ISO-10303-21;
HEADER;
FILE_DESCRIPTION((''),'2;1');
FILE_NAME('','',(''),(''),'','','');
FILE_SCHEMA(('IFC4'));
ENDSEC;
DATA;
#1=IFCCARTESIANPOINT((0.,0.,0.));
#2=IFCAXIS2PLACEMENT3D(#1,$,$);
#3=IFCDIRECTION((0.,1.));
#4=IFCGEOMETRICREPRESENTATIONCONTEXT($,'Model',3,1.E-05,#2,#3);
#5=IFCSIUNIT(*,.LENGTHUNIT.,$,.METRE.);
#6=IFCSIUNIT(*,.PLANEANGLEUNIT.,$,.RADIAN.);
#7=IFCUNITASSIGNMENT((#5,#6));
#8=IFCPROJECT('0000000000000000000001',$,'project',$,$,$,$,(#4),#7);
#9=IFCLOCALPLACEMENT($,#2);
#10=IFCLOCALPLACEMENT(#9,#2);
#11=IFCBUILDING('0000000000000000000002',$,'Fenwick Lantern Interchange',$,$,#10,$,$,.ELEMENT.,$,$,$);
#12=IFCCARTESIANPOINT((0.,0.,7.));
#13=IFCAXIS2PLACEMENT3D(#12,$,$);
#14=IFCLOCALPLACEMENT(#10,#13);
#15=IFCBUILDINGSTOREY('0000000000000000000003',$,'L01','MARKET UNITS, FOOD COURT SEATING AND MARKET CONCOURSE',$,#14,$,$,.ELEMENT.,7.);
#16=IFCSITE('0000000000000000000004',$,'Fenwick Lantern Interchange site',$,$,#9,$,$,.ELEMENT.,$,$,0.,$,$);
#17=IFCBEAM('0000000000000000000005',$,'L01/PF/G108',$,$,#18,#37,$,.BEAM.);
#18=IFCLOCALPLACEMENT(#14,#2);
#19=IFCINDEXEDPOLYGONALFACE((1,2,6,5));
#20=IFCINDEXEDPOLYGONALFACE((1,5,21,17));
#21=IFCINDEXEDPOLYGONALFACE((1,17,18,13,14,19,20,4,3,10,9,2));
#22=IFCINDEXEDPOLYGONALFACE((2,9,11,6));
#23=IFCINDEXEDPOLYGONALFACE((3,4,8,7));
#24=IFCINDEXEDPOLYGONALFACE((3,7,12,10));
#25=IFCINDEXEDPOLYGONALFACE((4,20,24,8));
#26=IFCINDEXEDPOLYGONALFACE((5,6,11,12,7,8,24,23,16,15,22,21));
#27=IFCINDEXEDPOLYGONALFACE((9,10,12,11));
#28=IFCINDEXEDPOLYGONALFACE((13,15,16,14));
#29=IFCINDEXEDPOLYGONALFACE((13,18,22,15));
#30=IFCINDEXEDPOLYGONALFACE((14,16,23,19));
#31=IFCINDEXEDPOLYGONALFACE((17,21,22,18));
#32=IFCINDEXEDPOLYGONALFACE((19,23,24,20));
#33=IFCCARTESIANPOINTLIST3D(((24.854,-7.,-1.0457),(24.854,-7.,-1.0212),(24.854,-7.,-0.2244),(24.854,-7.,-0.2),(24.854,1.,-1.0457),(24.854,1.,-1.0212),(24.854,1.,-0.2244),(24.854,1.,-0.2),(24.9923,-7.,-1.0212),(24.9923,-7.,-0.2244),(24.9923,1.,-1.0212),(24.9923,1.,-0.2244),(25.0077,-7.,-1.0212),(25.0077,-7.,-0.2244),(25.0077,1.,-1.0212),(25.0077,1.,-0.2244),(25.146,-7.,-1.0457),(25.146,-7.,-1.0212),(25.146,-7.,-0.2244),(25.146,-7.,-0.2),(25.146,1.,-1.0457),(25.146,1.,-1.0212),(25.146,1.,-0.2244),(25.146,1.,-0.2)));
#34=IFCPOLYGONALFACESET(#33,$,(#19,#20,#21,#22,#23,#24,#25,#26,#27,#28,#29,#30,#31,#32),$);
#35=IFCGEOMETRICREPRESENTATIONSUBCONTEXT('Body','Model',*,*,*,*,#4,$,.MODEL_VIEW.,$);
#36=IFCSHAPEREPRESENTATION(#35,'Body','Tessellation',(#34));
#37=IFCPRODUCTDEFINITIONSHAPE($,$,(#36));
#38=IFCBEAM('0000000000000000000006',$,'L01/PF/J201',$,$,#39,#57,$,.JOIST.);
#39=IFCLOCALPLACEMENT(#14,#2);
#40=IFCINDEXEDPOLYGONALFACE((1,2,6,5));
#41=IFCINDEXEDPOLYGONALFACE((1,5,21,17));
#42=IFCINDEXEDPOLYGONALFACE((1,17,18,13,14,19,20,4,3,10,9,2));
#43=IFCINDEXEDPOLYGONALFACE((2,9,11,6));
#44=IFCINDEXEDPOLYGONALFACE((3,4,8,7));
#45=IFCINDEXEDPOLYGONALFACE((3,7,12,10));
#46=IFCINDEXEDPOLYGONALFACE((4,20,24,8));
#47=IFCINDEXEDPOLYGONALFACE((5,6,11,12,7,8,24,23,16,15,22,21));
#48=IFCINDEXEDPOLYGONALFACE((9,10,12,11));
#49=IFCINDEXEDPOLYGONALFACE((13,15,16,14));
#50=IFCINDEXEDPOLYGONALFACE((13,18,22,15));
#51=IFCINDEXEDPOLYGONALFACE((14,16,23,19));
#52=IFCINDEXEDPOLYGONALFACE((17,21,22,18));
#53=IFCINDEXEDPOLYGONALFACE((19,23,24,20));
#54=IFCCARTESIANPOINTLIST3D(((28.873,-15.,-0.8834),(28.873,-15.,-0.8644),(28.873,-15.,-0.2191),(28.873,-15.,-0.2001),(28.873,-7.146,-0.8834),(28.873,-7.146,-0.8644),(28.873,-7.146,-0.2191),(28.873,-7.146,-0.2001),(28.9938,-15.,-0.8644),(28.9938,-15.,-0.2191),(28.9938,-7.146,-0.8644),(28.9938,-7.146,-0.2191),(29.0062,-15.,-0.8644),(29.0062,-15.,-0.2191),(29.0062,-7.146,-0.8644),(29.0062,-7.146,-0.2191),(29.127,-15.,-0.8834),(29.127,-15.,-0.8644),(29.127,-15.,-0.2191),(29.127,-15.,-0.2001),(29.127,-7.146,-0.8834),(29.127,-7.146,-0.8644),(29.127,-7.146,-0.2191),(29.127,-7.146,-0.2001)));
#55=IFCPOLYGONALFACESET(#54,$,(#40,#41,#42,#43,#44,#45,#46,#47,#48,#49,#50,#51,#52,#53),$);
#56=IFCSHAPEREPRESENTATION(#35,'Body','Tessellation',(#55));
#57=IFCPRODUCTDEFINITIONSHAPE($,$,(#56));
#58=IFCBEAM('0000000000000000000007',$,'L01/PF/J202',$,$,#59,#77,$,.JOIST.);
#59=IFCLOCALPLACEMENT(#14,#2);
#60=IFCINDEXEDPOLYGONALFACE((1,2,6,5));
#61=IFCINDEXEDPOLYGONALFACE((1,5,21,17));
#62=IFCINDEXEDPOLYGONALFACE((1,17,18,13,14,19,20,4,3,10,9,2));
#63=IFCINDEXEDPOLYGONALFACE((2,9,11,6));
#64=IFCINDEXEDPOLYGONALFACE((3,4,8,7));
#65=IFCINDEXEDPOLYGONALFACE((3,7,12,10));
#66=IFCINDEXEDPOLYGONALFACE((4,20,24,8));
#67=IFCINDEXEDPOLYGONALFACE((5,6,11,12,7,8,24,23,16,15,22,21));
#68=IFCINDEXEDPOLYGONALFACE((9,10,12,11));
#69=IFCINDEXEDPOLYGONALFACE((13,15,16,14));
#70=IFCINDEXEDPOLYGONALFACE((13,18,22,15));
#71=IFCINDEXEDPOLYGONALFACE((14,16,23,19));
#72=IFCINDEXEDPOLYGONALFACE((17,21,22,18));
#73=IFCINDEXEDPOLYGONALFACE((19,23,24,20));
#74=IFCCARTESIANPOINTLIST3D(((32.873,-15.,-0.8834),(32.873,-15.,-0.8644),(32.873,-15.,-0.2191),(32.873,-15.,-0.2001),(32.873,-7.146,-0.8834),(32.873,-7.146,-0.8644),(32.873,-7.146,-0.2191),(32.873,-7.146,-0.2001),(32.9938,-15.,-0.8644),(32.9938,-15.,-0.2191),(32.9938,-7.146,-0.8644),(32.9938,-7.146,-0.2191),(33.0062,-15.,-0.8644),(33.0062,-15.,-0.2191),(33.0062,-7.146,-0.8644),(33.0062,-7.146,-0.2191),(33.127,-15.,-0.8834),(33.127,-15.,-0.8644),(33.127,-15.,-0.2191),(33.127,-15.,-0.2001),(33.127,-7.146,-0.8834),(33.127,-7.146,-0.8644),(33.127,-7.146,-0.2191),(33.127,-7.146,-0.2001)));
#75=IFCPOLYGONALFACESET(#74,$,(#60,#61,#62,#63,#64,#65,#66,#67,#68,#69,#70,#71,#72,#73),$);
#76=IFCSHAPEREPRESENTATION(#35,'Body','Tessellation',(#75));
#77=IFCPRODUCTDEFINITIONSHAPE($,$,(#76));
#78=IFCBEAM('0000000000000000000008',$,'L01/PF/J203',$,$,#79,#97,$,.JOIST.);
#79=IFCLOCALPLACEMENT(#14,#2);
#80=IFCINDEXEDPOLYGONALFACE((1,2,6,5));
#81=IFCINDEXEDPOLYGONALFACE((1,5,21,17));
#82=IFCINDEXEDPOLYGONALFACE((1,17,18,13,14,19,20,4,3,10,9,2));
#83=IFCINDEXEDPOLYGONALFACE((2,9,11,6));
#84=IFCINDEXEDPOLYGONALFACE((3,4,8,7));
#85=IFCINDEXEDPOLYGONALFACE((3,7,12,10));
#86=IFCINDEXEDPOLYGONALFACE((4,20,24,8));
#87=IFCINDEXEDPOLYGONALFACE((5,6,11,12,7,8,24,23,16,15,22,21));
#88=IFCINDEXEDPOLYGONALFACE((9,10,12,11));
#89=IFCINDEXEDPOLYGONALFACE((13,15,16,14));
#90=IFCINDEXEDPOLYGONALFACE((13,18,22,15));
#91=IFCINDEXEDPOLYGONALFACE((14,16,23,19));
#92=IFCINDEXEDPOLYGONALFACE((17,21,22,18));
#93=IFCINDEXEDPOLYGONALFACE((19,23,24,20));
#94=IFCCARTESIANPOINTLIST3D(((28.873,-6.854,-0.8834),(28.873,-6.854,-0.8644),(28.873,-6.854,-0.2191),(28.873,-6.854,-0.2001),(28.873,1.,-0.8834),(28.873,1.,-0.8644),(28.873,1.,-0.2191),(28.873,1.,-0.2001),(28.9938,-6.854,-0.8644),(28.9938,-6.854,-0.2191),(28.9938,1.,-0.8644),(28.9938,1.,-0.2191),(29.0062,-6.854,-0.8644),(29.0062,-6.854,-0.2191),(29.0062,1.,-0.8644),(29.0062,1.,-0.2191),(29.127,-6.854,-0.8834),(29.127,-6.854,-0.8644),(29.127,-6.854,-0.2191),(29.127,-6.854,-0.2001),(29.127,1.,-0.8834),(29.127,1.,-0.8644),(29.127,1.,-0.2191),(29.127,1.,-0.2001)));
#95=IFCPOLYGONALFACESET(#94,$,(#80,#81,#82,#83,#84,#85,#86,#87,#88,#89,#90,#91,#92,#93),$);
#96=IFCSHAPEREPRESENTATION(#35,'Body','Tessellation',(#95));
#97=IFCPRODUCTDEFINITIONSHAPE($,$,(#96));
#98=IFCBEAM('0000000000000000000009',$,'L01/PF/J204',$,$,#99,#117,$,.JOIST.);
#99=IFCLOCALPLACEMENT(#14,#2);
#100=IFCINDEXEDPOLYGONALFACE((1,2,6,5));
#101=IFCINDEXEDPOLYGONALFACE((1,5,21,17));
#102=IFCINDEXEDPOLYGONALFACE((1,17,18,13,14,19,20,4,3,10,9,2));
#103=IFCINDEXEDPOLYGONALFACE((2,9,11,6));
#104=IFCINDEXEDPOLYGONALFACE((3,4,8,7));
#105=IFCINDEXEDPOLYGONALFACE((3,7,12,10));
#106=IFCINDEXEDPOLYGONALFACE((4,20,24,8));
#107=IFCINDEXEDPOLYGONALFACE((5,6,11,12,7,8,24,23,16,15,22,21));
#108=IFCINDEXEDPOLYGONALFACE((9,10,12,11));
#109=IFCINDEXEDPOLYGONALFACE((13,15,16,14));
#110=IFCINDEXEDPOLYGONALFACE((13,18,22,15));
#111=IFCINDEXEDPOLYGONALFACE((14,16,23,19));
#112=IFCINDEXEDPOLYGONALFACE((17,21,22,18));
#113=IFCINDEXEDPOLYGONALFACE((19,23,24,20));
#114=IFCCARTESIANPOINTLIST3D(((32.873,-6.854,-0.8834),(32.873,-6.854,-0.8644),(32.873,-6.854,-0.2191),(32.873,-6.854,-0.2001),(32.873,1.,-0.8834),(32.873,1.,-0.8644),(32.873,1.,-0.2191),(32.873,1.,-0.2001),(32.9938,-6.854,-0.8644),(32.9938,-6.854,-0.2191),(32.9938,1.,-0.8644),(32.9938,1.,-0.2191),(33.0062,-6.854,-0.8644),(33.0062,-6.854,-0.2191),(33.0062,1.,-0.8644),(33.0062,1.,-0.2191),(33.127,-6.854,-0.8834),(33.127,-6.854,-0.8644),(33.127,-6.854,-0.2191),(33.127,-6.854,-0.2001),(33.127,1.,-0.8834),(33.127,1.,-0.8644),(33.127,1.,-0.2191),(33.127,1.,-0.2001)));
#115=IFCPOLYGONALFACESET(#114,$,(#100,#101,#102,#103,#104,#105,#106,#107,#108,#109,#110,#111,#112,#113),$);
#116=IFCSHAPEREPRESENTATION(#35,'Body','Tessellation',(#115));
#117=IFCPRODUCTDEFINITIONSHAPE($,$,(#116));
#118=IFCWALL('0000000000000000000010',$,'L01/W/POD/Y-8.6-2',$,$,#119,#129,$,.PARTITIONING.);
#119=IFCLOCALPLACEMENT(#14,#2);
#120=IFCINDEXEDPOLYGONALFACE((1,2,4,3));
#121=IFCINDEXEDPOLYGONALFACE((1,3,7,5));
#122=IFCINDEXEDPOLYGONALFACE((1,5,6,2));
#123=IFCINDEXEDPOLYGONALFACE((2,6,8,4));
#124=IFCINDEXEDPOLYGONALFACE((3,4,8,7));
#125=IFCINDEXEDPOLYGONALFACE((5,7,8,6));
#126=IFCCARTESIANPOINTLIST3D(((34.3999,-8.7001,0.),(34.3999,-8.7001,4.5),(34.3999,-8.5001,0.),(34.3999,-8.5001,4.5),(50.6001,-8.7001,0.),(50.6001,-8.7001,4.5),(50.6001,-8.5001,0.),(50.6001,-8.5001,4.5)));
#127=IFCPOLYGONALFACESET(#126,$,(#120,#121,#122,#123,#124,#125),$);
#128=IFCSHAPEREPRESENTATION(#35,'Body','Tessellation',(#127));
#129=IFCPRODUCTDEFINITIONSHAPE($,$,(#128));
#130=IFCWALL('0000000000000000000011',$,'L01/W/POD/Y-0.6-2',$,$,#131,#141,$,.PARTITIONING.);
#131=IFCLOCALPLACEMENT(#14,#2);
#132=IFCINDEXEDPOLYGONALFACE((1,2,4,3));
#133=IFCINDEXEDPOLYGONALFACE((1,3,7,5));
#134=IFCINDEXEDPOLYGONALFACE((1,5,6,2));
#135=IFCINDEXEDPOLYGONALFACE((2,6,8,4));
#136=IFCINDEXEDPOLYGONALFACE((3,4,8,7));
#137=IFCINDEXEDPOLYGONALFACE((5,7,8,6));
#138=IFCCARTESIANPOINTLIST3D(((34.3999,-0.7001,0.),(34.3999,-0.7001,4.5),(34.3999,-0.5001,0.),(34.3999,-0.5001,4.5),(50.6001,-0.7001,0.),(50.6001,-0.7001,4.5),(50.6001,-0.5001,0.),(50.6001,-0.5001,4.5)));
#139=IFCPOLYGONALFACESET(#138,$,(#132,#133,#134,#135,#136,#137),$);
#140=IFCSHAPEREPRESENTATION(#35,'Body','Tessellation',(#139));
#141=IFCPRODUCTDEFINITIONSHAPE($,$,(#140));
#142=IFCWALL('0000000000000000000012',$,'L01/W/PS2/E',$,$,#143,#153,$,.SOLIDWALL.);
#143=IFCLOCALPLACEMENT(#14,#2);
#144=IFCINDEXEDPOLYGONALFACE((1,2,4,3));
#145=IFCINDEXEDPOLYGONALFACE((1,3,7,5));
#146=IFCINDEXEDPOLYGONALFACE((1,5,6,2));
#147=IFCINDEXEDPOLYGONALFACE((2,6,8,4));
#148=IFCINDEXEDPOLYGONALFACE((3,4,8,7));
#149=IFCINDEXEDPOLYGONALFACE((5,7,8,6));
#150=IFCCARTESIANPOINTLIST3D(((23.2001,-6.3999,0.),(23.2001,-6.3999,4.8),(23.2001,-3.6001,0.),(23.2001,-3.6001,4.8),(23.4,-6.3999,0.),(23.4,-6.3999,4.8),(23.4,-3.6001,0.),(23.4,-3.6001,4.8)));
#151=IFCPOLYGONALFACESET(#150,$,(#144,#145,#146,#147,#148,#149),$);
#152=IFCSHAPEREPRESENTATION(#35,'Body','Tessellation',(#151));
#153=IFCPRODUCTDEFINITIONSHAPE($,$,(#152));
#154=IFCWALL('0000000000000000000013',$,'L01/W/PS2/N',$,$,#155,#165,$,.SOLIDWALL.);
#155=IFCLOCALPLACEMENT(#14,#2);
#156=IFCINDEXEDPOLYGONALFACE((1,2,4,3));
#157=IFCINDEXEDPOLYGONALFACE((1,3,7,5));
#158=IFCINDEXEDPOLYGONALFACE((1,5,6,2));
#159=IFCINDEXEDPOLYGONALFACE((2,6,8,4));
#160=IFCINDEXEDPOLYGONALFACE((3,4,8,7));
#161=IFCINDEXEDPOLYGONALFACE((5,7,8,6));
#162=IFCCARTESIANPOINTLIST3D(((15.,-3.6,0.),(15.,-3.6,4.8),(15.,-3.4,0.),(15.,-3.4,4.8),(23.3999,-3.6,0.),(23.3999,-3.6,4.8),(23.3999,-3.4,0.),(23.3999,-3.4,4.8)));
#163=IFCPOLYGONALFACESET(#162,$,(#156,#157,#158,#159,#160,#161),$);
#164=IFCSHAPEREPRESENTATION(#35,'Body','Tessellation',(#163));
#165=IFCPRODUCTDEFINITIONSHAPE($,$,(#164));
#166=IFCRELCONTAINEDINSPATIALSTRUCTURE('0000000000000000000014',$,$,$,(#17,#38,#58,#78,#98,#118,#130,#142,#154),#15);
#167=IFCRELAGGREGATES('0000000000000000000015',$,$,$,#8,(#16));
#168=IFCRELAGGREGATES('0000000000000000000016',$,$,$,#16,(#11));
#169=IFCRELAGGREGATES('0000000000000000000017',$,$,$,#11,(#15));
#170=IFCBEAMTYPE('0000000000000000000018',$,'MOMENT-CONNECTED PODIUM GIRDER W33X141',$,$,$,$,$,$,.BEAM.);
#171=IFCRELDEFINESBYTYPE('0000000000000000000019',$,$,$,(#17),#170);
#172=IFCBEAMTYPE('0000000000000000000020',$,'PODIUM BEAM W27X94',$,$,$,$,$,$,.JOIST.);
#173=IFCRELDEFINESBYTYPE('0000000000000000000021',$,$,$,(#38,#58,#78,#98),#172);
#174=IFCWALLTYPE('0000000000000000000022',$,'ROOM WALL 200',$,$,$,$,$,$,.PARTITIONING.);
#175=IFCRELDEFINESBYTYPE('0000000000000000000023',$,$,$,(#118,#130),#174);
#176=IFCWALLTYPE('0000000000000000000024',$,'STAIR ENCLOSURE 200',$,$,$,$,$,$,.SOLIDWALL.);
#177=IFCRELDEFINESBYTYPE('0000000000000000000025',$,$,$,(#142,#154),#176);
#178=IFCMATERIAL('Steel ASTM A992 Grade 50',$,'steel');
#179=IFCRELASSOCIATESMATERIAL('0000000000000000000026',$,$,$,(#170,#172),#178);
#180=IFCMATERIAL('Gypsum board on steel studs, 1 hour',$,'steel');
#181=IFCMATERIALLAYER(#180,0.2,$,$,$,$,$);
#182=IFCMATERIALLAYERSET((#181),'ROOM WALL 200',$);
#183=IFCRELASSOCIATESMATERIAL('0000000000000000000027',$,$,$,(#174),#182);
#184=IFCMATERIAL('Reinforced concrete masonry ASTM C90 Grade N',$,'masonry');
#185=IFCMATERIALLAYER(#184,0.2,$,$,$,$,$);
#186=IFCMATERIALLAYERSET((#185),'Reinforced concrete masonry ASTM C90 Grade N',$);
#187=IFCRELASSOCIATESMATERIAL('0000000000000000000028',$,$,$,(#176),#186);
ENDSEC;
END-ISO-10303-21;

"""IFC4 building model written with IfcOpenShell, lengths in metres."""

from ifc_helpers import new_model, si_unit, direction, frame, frame_2d, origin, origin_2d, place, context, subcontext, project, spatial, rectangle, i_section, extrude, material, layer, layer_set, material_profile, profile_set, type_object, element, save


model = new_model("IFC4")

# Units and contexts
model_context = context("Model", 3, precision=1e-05, world=origin(), true_north=direction((0.0, 1.0)))
body_context = subcontext(model_context, "Body", "Model", "MODEL_VIEW")
ifc_project = project(units=[si_unit("LENGTHUNIT", "METRE"), si_unit("PLANEANGLEUNIT", "RADIAN")], contexts=[model_context])

# Site, building, storey
site_placement = place(None, origin())
site = spatial("IfcSite", under=ifc_project, at=site_placement, Name="Fenwick Lantern Interchange site", CompositionType="ELEMENT", RefElevation=0.0)
building_placement = place(site_placement, origin())
building = spatial("IfcBuilding", under=site, at=building_placement, Name="Fenwick Lantern Interchange", CompositionType="ELEMENT")
storey_placement = place(building_placement, frame((0.0, 0.0, 7.0)))
storey = spatial("IfcBuildingStorey", under=building, at=storey_placement, Name="L01", Description="MARKET UNITS, FOOD COURT SEATING AND MARKET CONCOURSE", CompositionType="ELEMENT", Elevation=7.0)

# Shared definitions
ifc_material_1 = material(Name="Steel ASTM A992 Grade 50", Category="steel")

# Beams
ifc_material_profile_1 = material_profile(ifc_material_1, i_section(OverallWidth=0.292, OverallDepth=0.8457, WebThickness=0.0154, FlangeThickness=0.0244, at=origin_2d()), Name="W33X141")
ifc_profile_set_1 = profile_set([ifc_material_profile_1], Name="Steel ASTM A992 Grade 50")
beam_type_1 = type_object("IfcBeamType", Name="MOMENT-CONNECTED PODIUM GIRDER W33X141", PredefinedType="BEAM", material=ifc_profile_set_1)
for number, where, z_axis, x_axis, name in (
    (1, (25.0, -7.0, -0.6228), (0.0, 1.0, 0.0), (-1.0, 0.0, 0.0), "L01/PF/G108"),
):
    element("IfcBeam", number, at=place(storey_placement, frame(where, z_axis=z_axis, x_axis=x_axis)), inside=storey, type_object=beam_type_1, Name=name, PredefinedType="BEAM", context=body_context, shape_type="SweptSolid", body=[
        extrude(i_section(OverallWidth=0.292, OverallDepth=0.8457, WebThickness=0.0154, FlangeThickness=0.0244, at=origin_2d()), origin(), (0.0, 0.0, 1.0), 8.0),
    ])
ifc_material_profile_2 = material_profile(ifc_material_1, i_section(OverallWidth=0.2539, OverallDepth=0.6833, WebThickness=0.0125, FlangeThickness=0.019, at=origin_2d()), Name="W27X94")
ifc_profile_set_2 = profile_set([ifc_material_profile_2], Name="Steel ASTM A992 Grade 50")
beam_type_2 = type_object("IfcBeamType", Name="PODIUM BEAM W27X94", PredefinedType="JOIST", material=ifc_profile_set_2)
for number, where, z_axis, x_axis, name in (
    (2, (29.0, -15.0, -0.5417), (0.0, 1.0, 0.0), (-1.0, 0.0, 0.0), "L01/PF/J201"),
    (3, (33.0, -15.0, -0.5417), (0.0, 1.0, 0.0), (-1.0, 0.0, 0.0), "L01/PF/J202"),
    (4, (29.0, -6.854, -0.5417), (0.0, 1.0, 0.0), (-1.0, 0.0, 0.0), "L01/PF/J203"),
    (5, (33.0, -6.854, -0.5417), (0.0, 1.0, 0.0), (-1.0, 0.0, 0.0), "L01/PF/J204"),
):
    element("IfcBeam", number, at=place(storey_placement, frame(where, z_axis=z_axis, x_axis=x_axis)), inside=storey, type_object=beam_type_2, Name=name, PredefinedType="JOIST", context=body_context, shape_type="SweptSolid", body=[
        extrude(i_section(OverallWidth=0.2539, OverallDepth=0.6833, WebThickness=0.0125, FlangeThickness=0.019, at=origin_2d()), origin(), (0.0, 0.0, 1.0), 7.854),
    ])

# Shared definitions
ifc_material_2 = material(Name="Gypsum board on steel studs, 1 hour", Category="steel")
ifc_layer_1 = layer(ifc_material_2, 0.2)
ifc_layer_set_1 = layer_set([ifc_layer_1], Name="ROOM WALL 200")
wall_type_1 = type_object("IfcWallType", Name="ROOM WALL 200", PredefinedType="PARTITIONING", material=ifc_layer_set_1)

# Walls
for number, where, z_axis, x_axis, name in (
    (6, (34.3999, -8.6001, 0.0), (0.0, 0.0, 1.0), (1.0, 0.0, 0.0), "L01/W/POD/Y-8.6-2"),
    (7, (34.3999, -0.6001, 0.0), (0.0, 0.0, 1.0), (1.0, 0.0, 0.0), "L01/W/POD/Y-0.6-2"),
):
    element("IfcWall", number, at=place(storey_placement, frame(where, z_axis=z_axis, x_axis=x_axis)), inside=storey, type_object=wall_type_1, Name=name, PredefinedType="PARTITIONING", context=body_context, shape_type="SweptSolid", body=[
        extrude(rectangle(XDim=16.2002, YDim=0.2, at=frame_2d((8.1001, 0.0))), origin(), (0.0, 0.0, 1.0), 4.5),
    ])
ifc_material_3 = material(Name="Reinforced concrete masonry ASTM C90 Grade N", Category="masonry")
ifc_layer_2 = layer(ifc_material_3, 0.2)
ifc_layer_set_2 = layer_set([ifc_layer_2], Name="Reinforced concrete masonry ASTM C90 Grade N")
wall_type_2 = type_object("IfcWallType", Name="STAIR ENCLOSURE 200", PredefinedType="SOLIDWALL", material=ifc_layer_set_2)
wall_1_placement = place(storey_placement, frame((23.3, -6.3999, 0.0), z_axis=(0.0, 0.0, 1.0), x_axis=(0.0, 1.0, 0.0)))
element("IfcWall", 8, at=wall_1_placement, inside=storey, type_object=wall_type_2, Name="L01/W/PS2/E", PredefinedType="SOLIDWALL", context=body_context, shape_type="SweptSolid", body=[
    extrude(rectangle(XDim=2.7998, YDim=0.2, at=frame_2d((1.3999, 0.0))), origin(), (0.0, 0.0, 1.0), 4.8),
])
wall_2_placement = place(storey_placement, frame((23.3999, -3.5, 0.0), z_axis=(0.0, 0.0, 1.0), x_axis=(-1.0, 0.0, 0.0)))
element("IfcWall", 9, at=wall_2_placement, inside=storey, type_object=wall_type_2, Name="L01/W/PS2/N", PredefinedType="SOLIDWALL", context=body_context, shape_type="SweptSolid", body=[
    extrude(rectangle(XDim=8.3999, YDim=0.2, at=frame_2d((4.2, 0.0))), origin(), (0.0, 0.0, 1.0), 4.8),
])

save(model, "model.ifc")
